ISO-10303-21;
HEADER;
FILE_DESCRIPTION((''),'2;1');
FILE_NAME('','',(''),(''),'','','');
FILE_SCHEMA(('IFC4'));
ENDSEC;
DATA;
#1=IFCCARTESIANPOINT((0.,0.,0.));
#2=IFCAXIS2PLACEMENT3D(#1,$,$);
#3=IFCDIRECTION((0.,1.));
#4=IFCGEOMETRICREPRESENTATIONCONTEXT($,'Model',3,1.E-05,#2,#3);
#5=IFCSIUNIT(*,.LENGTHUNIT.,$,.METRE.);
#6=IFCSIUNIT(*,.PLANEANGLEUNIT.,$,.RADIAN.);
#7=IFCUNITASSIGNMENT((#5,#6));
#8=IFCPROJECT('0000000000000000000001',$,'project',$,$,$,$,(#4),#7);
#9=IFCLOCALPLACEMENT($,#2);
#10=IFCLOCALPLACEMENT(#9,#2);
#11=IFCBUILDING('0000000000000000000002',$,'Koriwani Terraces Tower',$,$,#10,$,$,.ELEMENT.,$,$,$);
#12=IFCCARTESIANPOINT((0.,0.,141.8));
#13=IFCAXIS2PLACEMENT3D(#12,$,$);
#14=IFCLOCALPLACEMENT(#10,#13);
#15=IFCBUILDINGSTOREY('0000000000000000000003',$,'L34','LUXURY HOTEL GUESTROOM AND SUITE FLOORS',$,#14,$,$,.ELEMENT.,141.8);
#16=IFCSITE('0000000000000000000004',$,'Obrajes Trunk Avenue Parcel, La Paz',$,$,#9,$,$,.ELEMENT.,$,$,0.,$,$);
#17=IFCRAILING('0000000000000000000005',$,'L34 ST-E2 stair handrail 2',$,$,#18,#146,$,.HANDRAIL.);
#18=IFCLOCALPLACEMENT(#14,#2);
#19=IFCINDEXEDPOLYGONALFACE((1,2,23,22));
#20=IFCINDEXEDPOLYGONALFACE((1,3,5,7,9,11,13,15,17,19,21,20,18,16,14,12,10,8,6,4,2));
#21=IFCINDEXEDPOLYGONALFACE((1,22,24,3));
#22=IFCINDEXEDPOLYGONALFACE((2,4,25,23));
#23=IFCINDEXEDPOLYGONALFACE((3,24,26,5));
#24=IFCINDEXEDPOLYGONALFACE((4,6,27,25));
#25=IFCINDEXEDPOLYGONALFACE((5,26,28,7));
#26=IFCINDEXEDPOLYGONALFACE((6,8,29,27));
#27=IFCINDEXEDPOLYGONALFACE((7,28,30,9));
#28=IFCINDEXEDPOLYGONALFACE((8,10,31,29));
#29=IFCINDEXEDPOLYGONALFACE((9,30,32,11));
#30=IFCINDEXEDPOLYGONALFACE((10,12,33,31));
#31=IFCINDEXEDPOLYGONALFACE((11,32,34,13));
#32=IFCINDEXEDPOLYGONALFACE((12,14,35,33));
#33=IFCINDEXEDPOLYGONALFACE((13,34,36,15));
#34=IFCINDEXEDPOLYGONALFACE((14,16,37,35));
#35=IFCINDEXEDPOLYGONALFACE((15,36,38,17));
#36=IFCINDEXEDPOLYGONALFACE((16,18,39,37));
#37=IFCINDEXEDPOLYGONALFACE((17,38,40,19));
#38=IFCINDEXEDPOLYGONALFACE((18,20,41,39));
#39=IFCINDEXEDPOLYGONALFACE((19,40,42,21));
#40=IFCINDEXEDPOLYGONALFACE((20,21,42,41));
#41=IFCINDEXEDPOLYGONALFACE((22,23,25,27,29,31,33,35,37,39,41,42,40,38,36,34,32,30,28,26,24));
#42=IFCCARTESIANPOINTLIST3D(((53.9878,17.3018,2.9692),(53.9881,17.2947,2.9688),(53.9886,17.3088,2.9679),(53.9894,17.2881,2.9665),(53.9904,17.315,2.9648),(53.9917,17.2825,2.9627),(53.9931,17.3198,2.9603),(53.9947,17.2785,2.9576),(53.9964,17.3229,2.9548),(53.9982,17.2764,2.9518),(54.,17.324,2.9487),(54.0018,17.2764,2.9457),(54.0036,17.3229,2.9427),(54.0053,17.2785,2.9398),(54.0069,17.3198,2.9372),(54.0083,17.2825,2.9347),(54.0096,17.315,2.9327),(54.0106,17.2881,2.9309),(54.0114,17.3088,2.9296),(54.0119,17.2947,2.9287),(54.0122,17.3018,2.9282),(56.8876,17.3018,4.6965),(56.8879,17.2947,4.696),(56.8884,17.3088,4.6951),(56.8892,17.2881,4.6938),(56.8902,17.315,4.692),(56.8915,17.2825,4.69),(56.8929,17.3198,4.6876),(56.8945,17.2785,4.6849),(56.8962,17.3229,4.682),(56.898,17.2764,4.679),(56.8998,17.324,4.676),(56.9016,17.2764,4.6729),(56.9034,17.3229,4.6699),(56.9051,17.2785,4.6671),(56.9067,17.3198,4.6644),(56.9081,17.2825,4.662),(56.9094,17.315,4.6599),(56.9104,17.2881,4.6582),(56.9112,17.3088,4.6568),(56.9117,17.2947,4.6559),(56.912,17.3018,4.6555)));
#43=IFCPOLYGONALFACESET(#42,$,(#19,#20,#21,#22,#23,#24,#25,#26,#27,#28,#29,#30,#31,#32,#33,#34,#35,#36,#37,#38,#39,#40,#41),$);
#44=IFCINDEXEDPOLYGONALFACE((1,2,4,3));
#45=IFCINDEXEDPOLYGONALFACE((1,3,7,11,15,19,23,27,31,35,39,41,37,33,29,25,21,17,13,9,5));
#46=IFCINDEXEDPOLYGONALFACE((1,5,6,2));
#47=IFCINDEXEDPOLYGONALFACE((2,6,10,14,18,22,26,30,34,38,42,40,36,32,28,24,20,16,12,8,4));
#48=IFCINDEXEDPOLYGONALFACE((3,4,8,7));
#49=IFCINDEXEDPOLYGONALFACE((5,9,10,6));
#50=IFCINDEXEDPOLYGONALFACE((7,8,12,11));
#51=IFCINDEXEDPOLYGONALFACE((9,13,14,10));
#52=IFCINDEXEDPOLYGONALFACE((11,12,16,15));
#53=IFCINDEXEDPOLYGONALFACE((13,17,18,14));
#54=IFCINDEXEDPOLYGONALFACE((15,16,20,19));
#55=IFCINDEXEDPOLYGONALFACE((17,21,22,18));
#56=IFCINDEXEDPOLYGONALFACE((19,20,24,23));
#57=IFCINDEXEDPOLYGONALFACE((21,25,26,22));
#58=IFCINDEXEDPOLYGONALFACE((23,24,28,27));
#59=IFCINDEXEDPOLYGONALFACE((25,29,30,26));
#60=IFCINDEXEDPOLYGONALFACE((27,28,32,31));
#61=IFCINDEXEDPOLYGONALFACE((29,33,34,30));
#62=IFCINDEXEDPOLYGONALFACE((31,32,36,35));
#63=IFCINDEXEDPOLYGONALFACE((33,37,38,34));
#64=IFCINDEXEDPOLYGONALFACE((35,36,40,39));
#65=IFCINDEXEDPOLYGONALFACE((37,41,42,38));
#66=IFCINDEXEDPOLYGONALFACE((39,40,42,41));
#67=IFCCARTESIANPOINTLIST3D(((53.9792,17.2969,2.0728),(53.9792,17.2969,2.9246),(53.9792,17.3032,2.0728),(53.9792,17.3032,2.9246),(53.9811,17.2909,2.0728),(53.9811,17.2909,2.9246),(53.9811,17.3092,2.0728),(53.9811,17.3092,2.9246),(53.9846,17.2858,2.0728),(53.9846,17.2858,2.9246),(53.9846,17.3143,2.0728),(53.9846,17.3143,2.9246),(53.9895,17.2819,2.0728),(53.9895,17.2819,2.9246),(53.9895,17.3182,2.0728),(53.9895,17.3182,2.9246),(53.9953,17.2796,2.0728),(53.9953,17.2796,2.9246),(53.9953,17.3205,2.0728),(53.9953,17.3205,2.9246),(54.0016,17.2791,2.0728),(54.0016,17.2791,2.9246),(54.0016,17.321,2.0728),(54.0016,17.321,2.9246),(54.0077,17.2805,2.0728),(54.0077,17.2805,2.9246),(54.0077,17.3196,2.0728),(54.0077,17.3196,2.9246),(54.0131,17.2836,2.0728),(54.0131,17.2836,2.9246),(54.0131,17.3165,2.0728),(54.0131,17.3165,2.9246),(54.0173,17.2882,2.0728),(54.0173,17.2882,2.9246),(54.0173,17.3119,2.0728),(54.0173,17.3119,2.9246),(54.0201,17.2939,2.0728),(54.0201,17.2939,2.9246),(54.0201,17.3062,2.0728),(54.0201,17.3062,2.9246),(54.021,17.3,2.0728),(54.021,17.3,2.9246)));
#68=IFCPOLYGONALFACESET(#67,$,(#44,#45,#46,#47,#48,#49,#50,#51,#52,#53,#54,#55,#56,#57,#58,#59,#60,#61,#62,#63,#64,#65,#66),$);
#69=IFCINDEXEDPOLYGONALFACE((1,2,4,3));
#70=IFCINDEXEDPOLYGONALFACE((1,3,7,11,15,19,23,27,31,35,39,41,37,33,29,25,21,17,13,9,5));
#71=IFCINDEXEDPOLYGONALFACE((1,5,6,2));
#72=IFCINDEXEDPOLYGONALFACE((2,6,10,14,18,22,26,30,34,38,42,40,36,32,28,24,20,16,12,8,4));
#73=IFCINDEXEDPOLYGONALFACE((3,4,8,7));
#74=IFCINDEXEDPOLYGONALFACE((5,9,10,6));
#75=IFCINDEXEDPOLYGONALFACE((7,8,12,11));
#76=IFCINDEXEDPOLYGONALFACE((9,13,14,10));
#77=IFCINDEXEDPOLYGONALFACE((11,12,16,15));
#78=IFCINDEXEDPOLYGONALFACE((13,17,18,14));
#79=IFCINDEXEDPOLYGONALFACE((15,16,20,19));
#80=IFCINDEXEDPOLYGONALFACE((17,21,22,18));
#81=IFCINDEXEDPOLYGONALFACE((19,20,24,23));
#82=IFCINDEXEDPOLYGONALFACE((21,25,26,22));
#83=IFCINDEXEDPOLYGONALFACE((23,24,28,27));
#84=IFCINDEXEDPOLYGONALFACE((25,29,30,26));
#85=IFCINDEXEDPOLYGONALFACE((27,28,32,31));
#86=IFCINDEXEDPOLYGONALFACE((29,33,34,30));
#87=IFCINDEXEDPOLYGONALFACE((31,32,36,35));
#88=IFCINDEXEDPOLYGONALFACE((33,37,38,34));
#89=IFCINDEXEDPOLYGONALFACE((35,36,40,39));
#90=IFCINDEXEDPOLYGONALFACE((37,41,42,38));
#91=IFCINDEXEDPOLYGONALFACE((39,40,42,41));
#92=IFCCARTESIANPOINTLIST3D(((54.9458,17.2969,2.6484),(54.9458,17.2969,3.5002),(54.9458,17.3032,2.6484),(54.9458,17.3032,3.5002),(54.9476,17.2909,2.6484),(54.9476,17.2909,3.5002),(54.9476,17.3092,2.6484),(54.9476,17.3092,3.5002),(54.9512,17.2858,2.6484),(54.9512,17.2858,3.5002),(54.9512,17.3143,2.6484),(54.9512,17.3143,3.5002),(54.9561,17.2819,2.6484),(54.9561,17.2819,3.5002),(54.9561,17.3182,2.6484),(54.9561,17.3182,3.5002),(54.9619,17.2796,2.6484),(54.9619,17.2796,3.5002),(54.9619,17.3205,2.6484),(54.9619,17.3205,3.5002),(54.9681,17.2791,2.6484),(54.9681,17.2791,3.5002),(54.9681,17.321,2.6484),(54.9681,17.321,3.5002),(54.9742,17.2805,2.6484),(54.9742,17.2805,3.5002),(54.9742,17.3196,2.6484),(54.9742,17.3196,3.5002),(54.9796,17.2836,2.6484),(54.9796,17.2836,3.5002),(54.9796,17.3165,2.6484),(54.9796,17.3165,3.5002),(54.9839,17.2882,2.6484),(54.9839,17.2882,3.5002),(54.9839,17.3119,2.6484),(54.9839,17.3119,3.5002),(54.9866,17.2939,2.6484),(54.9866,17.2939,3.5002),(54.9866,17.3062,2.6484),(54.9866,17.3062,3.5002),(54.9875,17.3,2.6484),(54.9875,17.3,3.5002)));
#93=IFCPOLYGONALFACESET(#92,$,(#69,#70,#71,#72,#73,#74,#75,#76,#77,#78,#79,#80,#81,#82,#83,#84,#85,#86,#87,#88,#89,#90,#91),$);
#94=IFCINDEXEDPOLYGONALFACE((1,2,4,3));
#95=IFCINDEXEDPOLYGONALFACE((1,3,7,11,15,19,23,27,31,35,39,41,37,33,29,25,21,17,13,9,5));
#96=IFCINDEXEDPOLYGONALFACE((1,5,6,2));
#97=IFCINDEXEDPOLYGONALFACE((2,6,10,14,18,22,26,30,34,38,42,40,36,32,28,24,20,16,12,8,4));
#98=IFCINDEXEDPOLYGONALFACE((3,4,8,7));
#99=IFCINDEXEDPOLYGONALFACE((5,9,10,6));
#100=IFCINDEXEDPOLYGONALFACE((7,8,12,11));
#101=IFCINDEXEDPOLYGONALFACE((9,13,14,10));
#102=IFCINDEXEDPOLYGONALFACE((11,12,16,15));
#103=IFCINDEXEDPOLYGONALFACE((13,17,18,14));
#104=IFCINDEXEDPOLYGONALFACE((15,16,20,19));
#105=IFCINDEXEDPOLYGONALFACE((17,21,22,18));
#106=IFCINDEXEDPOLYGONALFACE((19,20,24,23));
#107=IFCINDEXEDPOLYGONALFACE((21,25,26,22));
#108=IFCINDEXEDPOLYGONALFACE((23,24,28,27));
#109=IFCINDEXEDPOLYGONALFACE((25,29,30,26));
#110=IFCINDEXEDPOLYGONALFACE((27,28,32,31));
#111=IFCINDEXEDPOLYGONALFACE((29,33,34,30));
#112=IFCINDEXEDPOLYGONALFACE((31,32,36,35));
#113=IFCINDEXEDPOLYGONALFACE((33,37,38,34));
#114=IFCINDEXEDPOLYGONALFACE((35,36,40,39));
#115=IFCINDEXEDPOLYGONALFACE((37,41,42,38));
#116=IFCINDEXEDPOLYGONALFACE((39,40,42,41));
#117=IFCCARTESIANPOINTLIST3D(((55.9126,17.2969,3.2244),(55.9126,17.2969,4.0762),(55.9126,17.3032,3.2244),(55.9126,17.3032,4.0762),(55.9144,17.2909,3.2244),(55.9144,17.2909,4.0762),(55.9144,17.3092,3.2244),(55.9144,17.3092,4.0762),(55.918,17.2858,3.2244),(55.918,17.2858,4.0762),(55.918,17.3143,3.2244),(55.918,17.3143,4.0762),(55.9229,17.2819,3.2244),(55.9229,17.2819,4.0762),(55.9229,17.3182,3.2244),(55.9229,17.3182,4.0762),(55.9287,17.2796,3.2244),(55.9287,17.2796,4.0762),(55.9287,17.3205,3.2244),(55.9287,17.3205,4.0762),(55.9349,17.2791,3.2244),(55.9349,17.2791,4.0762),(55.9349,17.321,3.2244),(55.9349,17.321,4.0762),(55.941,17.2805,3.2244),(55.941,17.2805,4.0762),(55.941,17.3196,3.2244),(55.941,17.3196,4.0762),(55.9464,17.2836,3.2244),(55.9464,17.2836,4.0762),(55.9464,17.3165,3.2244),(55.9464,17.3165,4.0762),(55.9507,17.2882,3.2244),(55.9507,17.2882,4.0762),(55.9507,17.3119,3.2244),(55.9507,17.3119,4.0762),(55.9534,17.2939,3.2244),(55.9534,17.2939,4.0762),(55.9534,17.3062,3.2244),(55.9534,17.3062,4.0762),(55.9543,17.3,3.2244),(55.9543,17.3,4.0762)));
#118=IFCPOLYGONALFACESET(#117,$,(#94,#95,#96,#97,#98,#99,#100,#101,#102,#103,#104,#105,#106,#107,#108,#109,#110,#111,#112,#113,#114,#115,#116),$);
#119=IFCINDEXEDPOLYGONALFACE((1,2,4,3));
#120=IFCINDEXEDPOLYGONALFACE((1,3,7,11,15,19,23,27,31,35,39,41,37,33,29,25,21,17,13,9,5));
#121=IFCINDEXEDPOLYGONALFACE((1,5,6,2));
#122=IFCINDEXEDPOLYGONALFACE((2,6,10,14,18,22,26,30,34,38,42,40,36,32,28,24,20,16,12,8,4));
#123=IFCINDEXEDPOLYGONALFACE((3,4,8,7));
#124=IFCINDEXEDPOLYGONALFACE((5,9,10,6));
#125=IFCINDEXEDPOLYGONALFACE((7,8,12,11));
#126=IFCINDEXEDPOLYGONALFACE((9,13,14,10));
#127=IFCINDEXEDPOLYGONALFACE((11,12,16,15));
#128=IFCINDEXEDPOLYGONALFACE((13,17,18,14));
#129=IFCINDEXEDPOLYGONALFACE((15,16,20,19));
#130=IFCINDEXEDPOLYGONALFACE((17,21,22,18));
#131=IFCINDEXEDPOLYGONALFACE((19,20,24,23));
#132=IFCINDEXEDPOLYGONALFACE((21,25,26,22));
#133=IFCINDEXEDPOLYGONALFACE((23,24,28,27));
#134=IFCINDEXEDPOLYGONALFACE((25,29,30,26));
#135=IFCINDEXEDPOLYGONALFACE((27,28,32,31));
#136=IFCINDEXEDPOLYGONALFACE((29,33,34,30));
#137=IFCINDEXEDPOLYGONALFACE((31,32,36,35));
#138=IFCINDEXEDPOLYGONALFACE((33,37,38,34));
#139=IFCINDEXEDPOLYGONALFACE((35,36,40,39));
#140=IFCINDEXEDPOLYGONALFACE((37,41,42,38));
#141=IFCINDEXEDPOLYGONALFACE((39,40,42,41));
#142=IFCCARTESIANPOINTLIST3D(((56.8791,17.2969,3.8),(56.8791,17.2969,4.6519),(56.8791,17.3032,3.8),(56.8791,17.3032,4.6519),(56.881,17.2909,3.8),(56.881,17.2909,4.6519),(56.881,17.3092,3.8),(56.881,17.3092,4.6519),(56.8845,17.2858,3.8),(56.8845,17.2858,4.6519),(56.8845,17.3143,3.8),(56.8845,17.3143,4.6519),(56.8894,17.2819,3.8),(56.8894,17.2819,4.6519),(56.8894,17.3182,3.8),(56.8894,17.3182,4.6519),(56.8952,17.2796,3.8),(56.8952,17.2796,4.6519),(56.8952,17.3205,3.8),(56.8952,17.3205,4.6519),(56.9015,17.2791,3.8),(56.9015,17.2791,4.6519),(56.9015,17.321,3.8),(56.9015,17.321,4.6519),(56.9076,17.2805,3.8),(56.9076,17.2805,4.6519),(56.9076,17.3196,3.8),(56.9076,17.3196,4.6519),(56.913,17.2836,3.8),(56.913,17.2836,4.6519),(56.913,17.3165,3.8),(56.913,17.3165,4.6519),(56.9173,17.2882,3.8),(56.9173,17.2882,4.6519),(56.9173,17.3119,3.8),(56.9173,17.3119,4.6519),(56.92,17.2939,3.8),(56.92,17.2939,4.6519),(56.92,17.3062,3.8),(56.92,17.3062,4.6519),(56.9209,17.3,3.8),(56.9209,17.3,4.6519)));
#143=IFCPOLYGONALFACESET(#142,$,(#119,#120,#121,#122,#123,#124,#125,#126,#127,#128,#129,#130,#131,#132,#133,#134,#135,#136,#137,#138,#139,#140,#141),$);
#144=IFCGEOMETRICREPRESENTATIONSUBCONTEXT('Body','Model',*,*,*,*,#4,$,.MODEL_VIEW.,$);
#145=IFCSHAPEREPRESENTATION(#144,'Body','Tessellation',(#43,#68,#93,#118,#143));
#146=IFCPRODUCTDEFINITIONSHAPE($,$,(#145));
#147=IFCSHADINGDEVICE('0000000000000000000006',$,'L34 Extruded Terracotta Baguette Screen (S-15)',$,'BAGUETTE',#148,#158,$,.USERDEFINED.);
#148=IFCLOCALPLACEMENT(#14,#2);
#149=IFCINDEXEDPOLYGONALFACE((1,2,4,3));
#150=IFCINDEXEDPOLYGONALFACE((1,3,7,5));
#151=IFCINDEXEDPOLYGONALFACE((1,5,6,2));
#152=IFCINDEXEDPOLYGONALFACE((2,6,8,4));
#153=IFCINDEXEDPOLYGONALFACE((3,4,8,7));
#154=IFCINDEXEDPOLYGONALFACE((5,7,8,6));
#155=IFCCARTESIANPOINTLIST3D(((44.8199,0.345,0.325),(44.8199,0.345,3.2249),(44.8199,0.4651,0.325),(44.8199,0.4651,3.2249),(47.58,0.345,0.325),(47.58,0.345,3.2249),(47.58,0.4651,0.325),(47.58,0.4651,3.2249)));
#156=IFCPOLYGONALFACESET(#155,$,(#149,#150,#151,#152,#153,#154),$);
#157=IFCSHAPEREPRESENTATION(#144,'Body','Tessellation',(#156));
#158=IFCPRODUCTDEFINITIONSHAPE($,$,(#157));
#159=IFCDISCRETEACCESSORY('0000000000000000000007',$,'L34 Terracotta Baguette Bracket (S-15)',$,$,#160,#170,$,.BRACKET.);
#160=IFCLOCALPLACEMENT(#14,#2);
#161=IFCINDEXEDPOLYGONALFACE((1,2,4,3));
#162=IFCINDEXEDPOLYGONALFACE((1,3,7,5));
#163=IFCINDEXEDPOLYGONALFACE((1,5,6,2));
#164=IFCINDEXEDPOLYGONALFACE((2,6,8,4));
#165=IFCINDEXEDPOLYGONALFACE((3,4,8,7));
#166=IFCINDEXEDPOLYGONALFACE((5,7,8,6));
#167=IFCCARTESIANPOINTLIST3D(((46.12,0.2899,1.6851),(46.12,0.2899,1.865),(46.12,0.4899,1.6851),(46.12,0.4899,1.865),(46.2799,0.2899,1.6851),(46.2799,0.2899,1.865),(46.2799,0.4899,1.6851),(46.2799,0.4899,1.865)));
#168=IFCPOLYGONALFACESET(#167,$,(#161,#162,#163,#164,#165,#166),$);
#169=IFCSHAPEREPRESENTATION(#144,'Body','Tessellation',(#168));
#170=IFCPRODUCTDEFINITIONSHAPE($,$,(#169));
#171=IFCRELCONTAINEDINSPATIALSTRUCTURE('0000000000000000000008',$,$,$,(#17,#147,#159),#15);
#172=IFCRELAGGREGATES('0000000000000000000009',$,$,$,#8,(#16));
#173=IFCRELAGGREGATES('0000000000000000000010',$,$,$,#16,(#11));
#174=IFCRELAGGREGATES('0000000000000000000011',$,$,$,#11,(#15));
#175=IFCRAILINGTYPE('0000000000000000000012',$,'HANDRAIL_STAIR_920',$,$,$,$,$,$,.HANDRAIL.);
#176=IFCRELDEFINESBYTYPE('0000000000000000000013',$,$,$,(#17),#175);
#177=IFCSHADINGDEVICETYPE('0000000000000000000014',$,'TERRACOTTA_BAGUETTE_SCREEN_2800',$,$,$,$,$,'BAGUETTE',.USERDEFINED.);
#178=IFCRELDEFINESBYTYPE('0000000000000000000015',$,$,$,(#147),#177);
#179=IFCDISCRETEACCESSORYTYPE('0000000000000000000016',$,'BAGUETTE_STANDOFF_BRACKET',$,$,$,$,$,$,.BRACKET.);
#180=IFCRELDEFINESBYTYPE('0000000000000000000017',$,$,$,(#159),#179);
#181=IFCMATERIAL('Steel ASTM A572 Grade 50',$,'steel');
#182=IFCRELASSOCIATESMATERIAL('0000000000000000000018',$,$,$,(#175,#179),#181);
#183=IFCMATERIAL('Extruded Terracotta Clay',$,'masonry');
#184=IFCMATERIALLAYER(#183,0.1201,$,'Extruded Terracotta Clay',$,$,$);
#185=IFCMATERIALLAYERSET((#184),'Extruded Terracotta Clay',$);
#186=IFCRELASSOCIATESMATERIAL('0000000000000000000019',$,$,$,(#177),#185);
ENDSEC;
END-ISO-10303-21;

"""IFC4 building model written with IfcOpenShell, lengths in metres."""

from ifc_helpers import new_model, si_unit, direction, frame, origin, origin_2d, place, context, subcontext, project, spatial, rectangle, circle, extrude, material, layer, layer_set, type_object, element, save


model = new_model("IFC4")

# Units and contexts
model_context = context("Model", 3, precision=1e-05, world=origin(), true_north=direction((0.0, 1.0)))
body_context = subcontext(model_context, "Body", "Model", "MODEL_VIEW")
ifc_project = project(units=[si_unit("LENGTHUNIT", "METRE"), si_unit("PLANEANGLEUNIT", "RADIAN")], contexts=[model_context])

# Site, building, storey
site_placement = place(None, origin())
site = spatial("IfcSite", under=ifc_project, at=site_placement, Name="Obrajes Trunk Avenue Parcel, La Paz", CompositionType="ELEMENT", RefElevation=0.0)
building_placement = place(site_placement, origin())
building = spatial("IfcBuilding", under=site, at=building_placement, Name="Koriwani Terraces Tower", CompositionType="ELEMENT")
storey_placement = place(building_placement, frame((0.0, 0.0, 141.8)))
storey = spatial("IfcBuildingStorey", under=building, at=storey_placement, Name="L34", Description="LUXURY HOTEL GUESTROOM AND SUITE FLOORS", CompositionType="ELEMENT", Elevation=141.8)

# Shared definitions
ifc_material_1 = material(Name="Steel ASTM A572 Grade 50", Category="steel")

# Railing
railing_type = type_object("IfcRailingType", Name="HANDRAIL_STAIR_920", PredefinedType="HANDRAIL", material=ifc_material_1)
for number, where, name in (
    (1, (54.0, 17.3, 2.0728), "L34 ST-E2 stair handrail 2"),
):
    element("IfcRailing", number, at=place(storey_placement, frame(where)), inside=storey, type_object=railing_type, Name=name, PredefinedType="HANDRAIL", context=body_context, shape_type="SweptSolid", body=[
        extrude(circle(Radius=0.0239, at=origin_2d()), frame((0.0, 0.0, 0.876), z_axis=(0.859141, 0.0, 0.511738), x_axis=(0.0, 1.0, 0.0)), (0.0, 0.0, 1.0), 3.3752),
        extrude(circle(Radius=0.021, at=origin_2d()), origin(), (0.0, 0.0, 1.0), 0.8518),
        extrude(circle(Radius=0.021, at=origin_2d()), frame((0.9666, 0.0, 0.5757)), (0.0, 0.0, 1.0), 0.8518),
        extrude(circle(Radius=0.021, at=origin_2d()), frame((1.9333, 0.0, 1.1516)), (0.0, 0.0, 1.0), 0.8518),
        extrude(circle(Radius=0.021, at=origin_2d()), frame((2.8999, 0.0, 1.7273)), (0.0, 0.0, 1.0), 0.8518),
    ])

# Shading device
ifc_material_2 = material(Name="Extruded Terracotta Clay", Category="masonry")
ifc_layer_1 = layer(ifc_material_2, 0.1201, Name="Extruded Terracotta Clay")
ifc_layer_set_1 = layer_set([ifc_layer_1], Name="Extruded Terracotta Clay")
shading_device_type = type_object("IfcShadingDeviceType", Name="TERRACOTTA_BAGUETTE_SCREEN_2800", ElementType="BAGUETTE", PredefinedType="USERDEFINED", material=ifc_layer_set_1)
shading_device_placement = place(storey_placement, frame((46.2, 0.405, 0.325), z_axis=(0.0, 0.0, 1.0), x_axis=(-1.0, 0.0, 0.0)))
element("IfcShadingDevice", 2, at=shading_device_placement, inside=storey, type_object=shading_device_type, Name="L34 Extruded Terracotta Baguette Screen (S-15)", ObjectType="BAGUETTE", PredefinedType="USERDEFINED", context=body_context, shape_type="SweptSolid", body=[
    extrude(rectangle(XDim=2.76, YDim=0.1201, at=origin_2d()), origin(), (0.0, 0.0, 1.0), 2.8999),
])

# Discrete accessory
discrete_accessory_type = type_object("IfcDiscreteAccessoryType", Name="BAGUETTE_STANDOFF_BRACKET", PredefinedType="BRACKET", material=ifc_material_1)
discrete_accessory_placement = place(storey_placement, frame((46.2, 0.3899, 1.6851), z_axis=(0.0, 0.0, 1.0), x_axis=(-1.0, 0.0, 0.0)))
element("IfcDiscreteAccessory", 3, at=discrete_accessory_placement, inside=storey, type_object=discrete_accessory_type, Name="L34 Terracotta Baguette Bracket (S-15)", PredefinedType="BRACKET", context=body_context, shape_type="SweptSolid", body=[
    extrude(rectangle(XDim=0.1599, YDim=0.2, at=origin_2d()), origin(), (0.0, 0.0, 1.0), 0.1799),
])

save(model, "model.ifc")
